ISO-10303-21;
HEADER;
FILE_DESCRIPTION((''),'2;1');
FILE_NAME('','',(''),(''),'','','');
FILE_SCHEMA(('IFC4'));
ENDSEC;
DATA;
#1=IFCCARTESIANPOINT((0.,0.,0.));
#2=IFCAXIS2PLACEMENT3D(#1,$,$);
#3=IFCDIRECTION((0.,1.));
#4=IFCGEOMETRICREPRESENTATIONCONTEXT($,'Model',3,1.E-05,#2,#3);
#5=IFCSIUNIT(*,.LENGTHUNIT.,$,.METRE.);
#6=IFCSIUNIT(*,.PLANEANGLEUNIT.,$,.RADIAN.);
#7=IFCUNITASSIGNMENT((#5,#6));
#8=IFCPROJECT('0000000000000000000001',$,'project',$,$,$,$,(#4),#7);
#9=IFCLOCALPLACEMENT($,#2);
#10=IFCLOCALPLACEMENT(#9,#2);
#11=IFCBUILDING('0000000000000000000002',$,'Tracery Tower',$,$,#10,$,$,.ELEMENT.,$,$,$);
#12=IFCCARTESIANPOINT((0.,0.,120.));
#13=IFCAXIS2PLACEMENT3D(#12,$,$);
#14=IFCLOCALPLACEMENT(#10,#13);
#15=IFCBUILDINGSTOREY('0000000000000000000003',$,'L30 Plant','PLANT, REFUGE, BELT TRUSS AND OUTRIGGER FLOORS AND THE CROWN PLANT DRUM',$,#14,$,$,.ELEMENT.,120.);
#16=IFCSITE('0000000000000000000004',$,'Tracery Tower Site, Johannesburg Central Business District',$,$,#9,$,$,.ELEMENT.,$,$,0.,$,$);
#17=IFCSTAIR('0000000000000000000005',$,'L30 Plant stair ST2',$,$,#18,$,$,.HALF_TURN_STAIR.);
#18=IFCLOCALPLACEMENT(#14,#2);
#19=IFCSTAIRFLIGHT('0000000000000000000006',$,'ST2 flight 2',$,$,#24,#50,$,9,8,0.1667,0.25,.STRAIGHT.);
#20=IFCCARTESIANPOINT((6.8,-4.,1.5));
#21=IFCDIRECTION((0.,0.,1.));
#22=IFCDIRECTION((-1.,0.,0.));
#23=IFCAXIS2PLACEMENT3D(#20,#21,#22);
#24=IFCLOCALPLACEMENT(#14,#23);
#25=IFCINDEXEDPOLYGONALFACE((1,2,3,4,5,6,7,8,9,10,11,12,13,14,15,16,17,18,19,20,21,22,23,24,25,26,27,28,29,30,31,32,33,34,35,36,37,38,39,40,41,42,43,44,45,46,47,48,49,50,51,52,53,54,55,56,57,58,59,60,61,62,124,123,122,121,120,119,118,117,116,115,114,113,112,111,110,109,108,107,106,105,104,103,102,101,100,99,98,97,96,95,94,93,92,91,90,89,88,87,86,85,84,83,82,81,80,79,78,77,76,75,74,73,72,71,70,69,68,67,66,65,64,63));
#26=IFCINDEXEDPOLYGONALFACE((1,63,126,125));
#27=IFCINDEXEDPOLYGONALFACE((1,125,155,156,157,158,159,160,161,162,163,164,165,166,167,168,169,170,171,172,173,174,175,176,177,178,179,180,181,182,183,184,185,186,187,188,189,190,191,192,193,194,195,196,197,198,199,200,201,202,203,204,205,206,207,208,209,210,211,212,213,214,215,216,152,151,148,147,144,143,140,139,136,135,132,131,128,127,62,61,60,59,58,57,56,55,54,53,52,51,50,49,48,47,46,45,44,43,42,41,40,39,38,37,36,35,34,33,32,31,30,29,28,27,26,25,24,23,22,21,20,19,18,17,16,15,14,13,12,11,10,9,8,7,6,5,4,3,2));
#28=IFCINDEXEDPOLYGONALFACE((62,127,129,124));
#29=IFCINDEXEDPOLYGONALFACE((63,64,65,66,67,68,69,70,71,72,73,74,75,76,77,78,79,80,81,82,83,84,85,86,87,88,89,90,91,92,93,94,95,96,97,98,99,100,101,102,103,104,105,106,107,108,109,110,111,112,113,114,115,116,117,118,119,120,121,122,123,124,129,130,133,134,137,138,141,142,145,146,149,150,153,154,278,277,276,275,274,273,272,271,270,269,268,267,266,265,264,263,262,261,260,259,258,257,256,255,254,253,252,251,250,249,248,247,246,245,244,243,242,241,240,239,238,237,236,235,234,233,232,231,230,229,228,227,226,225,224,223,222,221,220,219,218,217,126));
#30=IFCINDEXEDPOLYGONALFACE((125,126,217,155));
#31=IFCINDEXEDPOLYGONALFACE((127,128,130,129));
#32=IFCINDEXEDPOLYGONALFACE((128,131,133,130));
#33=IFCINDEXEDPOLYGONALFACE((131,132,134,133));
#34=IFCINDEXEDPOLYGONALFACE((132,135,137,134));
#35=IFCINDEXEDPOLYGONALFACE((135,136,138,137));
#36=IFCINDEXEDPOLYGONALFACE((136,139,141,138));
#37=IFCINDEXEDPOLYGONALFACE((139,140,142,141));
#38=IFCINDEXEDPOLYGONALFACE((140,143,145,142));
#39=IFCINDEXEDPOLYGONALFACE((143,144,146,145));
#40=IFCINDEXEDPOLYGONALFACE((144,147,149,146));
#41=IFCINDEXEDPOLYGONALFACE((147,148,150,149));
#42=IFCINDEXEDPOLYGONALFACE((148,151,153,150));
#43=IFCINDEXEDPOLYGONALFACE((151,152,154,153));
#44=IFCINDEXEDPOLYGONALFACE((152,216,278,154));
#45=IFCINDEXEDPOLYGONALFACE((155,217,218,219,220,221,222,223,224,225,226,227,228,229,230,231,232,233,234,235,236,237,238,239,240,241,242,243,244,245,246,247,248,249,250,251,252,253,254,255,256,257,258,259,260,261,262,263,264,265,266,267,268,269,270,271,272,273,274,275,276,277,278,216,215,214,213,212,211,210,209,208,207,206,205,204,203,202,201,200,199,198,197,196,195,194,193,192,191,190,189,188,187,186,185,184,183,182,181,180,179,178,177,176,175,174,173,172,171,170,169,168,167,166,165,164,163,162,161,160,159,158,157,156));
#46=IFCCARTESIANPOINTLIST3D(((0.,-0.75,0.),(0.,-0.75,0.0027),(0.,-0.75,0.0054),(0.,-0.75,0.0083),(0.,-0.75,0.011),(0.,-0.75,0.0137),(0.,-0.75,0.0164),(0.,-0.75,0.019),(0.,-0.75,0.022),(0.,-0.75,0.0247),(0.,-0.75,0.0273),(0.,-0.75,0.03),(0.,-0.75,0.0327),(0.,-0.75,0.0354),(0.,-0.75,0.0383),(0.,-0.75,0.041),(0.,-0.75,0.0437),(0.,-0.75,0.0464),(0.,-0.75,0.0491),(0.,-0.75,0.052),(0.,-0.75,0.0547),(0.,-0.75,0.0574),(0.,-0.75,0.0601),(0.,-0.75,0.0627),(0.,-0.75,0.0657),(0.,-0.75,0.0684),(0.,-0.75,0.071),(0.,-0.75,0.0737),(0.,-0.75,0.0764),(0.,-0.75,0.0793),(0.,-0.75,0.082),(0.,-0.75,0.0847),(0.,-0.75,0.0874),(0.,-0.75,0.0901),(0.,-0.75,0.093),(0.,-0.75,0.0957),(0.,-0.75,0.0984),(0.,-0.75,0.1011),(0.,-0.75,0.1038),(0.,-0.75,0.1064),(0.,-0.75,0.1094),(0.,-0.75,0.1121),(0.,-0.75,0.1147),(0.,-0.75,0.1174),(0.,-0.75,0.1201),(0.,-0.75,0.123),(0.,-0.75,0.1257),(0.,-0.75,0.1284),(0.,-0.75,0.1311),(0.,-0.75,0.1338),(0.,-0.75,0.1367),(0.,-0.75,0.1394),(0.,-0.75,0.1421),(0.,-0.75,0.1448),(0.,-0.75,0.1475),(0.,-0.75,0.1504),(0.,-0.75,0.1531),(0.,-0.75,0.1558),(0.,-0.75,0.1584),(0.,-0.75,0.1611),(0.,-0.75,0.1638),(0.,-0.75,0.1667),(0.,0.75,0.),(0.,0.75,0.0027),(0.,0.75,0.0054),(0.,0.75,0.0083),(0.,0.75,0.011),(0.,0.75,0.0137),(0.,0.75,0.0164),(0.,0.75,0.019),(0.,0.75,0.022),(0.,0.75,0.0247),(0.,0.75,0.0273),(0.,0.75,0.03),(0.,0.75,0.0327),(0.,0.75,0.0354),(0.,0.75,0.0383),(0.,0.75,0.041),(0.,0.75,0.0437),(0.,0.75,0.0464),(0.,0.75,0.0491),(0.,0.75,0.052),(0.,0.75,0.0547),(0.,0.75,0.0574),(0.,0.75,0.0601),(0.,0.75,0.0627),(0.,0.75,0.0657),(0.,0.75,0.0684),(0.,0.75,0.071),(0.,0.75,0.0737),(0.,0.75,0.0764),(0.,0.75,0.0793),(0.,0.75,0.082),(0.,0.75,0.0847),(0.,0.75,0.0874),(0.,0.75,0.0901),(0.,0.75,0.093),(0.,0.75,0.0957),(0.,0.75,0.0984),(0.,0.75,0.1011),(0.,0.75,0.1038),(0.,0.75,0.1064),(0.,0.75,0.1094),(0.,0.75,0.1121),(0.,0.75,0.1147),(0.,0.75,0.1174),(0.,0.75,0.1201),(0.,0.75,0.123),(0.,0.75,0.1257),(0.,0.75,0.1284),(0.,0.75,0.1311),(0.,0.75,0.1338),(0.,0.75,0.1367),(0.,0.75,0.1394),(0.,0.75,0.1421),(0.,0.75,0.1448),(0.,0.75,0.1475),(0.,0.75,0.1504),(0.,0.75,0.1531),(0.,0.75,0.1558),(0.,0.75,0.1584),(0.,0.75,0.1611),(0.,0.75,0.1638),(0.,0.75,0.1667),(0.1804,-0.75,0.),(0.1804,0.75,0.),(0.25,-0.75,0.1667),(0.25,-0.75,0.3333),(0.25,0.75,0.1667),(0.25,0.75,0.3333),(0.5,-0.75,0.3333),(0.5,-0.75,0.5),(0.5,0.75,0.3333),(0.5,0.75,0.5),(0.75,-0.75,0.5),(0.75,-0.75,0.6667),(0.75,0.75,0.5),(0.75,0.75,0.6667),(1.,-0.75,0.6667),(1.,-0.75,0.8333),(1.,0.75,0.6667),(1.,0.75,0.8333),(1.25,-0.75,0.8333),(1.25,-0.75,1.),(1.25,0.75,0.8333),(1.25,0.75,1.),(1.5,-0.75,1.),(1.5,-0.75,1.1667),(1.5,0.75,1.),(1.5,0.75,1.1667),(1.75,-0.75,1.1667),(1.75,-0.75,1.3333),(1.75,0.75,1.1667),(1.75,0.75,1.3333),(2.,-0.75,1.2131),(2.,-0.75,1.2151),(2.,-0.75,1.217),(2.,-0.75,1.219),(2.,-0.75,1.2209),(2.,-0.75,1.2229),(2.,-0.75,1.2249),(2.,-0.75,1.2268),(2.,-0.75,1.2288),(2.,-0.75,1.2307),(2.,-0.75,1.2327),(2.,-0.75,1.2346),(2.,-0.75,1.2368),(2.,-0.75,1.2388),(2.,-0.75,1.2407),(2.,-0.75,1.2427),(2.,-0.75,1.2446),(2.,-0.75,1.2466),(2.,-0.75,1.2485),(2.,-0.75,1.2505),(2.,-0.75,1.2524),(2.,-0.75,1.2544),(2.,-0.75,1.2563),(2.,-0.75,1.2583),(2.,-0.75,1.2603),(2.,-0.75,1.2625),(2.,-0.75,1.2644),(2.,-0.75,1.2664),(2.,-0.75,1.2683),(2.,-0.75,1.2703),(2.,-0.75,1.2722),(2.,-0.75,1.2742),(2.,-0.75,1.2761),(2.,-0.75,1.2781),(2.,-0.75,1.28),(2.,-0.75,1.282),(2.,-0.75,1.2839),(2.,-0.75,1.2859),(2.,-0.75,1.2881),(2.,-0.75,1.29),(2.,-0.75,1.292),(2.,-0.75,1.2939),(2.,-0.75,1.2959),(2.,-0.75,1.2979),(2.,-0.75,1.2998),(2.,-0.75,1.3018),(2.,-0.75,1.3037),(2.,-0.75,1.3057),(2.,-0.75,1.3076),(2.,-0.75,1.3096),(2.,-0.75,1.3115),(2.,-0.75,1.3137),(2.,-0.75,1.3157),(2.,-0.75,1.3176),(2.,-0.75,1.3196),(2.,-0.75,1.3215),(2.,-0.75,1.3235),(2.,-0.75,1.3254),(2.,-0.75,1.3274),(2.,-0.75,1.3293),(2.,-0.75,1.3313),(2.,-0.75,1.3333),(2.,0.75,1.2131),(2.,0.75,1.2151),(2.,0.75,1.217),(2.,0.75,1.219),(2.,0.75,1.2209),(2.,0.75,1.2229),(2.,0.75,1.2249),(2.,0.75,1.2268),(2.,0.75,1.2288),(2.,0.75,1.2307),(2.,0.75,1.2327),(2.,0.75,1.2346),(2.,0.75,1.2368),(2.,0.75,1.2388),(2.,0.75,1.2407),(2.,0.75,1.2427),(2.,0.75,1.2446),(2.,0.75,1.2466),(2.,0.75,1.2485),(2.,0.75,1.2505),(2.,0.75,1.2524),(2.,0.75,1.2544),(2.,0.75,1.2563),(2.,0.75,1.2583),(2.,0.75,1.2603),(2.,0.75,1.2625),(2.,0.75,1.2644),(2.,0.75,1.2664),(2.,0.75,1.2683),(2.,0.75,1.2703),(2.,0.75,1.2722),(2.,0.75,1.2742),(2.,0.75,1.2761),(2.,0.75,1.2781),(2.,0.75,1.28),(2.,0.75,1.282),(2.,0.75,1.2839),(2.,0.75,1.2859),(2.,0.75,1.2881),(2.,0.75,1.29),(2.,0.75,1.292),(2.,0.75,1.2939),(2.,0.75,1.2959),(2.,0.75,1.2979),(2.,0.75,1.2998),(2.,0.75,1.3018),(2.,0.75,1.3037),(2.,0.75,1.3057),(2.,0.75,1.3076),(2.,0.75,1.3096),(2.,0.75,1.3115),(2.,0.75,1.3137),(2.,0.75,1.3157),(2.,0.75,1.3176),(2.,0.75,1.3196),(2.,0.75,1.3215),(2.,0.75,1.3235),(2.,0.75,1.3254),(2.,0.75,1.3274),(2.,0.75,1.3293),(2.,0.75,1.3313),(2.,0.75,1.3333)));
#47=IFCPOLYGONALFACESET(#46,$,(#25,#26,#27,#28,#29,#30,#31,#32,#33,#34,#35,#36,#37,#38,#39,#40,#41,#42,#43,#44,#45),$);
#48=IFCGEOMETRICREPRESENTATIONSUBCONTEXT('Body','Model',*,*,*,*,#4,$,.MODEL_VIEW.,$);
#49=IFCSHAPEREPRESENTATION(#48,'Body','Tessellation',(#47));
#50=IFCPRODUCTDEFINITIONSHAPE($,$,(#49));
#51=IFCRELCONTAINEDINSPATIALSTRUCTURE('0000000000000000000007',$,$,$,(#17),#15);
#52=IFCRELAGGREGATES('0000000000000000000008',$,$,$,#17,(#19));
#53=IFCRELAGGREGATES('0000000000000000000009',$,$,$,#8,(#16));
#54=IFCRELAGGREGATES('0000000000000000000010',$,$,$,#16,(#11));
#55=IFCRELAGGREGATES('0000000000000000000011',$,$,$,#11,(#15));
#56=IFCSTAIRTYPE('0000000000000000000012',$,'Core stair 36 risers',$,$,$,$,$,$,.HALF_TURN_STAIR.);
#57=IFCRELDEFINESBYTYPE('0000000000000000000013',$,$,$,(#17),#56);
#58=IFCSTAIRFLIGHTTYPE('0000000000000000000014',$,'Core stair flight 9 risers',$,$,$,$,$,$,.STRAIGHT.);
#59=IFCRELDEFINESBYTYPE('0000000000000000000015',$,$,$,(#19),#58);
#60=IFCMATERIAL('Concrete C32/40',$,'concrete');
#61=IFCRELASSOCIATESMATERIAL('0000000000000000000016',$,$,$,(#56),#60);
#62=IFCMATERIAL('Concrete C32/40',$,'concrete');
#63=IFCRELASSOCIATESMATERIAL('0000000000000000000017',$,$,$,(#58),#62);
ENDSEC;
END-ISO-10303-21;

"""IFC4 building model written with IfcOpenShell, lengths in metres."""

from ifc_helpers import new_model, si_unit, direction, frame, origin, place, context, subcontext, project, spatial, polyline, outline, extrude, material, type_object, element, aggregate, save


model = new_model("IFC4")

# Units and contexts
model_context = context("Model", 3, precision=1e-05, world=origin(), true_north=direction((0.0, 1.0)))
body_context = subcontext(model_context, "Body", "Model", "MODEL_VIEW")
ifc_project = project(units=[si_unit("LENGTHUNIT", "METRE"), si_unit("PLANEANGLEUNIT", "RADIAN")], contexts=[model_context])

# Site, building, storey
site_placement = place(None, origin())
site = spatial("IfcSite", under=ifc_project, at=site_placement, Name="Tracery Tower Site, Johannesburg Central Business District", CompositionType="ELEMENT", RefElevation=0.0)
building_placement = place(site_placement, origin())
building = spatial("IfcBuilding", under=site, at=building_placement, Name="Tracery Tower", CompositionType="ELEMENT")
storey_placement = place(building_placement, frame((0.0, 0.0, 120.0)))
storey = spatial("IfcBuildingStorey", under=building, at=storey_placement, Name="L30 Plant", Description="PLANT, REFUGE, BELT TRUSS AND OUTRIGGER FLOORS AND THE CROWN PLANT DRUM", CompositionType="ELEMENT", Elevation=120.0)

# Stair, stair flight
ifc_material_1 = material(Name="Concrete C32/40", Category="concrete")
stair_type = type_object("IfcStairType", Name="Core stair 36 risers", PredefinedType="HALF_TURN_STAIR", material=ifc_material_1)
stair_placement = place(storey_placement, origin())
stair = element("IfcStair", 1, at=stair_placement, inside=storey, type_object=stair_type, Name="L30 Plant stair ST2", PredefinedType="HALF_TURN_STAIR")
ifc_material_2 = material(Name="Concrete C32/40", Category="concrete")
stair_flight_type = type_object("IfcStairFlightType", Name="Core stair flight 9 risers", PredefinedType="STRAIGHT", material=ifc_material_2)
stair_flight_1_placement = place(storey_placement, frame((6.8, -4.0, 1.5), z_axis=(0.0, 0.0, 1.0), x_axis=(-1.0, 0.0, 0.0)))
stair_flight_1 = element("IfcStairFlight", 2, at=stair_flight_1_placement, type_object=stair_flight_type, Name="ST2 flight 2", NumberOfRisers=9, NumberOfTreads=8, PredefinedType="STRAIGHT", RiserHeight=0.1667, TreadLength=0.25, context=body_context, shape_type="SweptSolid", body=[
    extrude(outline(polyline([(0.0, 0.0), (0.0, 0.0027), (0.0, 0.0054), (0.0, 0.0083), (0.0, 0.011), (0.0, 0.0137), (0.0, 0.0164), (0.0, 0.019), (0.0, 0.022), (0.0, 0.0247), (0.0, 0.0273), (0.0, 0.03), (0.0, 0.0327), (0.0, 0.0354), (0.0, 0.0383), (0.0, 0.041), (0.0, 0.0437), (0.0, 0.0464), (0.0, 0.0491), (0.0, 0.052), (0.0, 0.0547), (0.0, 0.0574), (0.0, 0.0601), (0.0, 0.0627), (0.0, 0.0657), (0.0, 0.0684), (0.0, 0.071), (0.0, 0.0737), (0.0, 0.0764), (0.0, 0.0793), (0.0, 0.082), (0.0, 0.0847), (0.0, 0.0874), (0.0, 0.0901), (0.0, 0.093), (0.0, 0.0957), (0.0, 0.0984), (0.0, 0.1011), (0.0, 0.1038), (0.0, 0.1064), (0.0, 0.1094), (0.0, 0.1121), (0.0, 0.1147), (0.0, 0.1174), (0.0, 0.1201), (0.0, 0.123), (0.0, 0.1257), (0.0, 0.1284), (0.0, 0.1311), (0.0, 0.1338), (0.0, 0.1367), (0.0, 0.1394), (0.0, 0.1421), (0.0, 0.1448), (0.0, 0.1475), (0.0, 0.1504), (0.0, 0.1531), (0.0, 0.1558), (0.0, 0.1584), (0.0, 0.1611), (0.0, 0.1638), (0.0, 0.1667), (0.25, 0.1667), (0.25, 0.3333), (0.5, 0.3333), (0.5, 0.5), (0.75, 0.5), (0.75, 0.6667), (1.0, 0.6667), (1.0, 0.8333), (1.25, 0.8333), (1.25, 1.0), (1.5, 1.0), (1.5, 1.1667), (1.75, 1.1667), (1.75, 1.3333), (2.0, 1.3333), (2.0, 1.3313), (2.0, 1.3293), (2.0, 1.3274), (2.0, 1.3254), (2.0, 1.3235), (2.0, 1.3215), (2.0, 1.3196), (2.0, 1.3176), (2.0, 1.3157), (2.0, 1.3137), (2.0, 1.3115), (2.0, 1.3096), (2.0, 1.3076), (2.0, 1.3057), (2.0, 1.3037), (2.0, 1.3018), (2.0, 1.2998), (2.0, 1.2979), (2.0, 1.2959), (2.0, 1.2939), (2.0, 1.292), (2.0, 1.29), (2.0, 1.2881), (2.0, 1.2859), (2.0, 1.2839), (2.0, 1.282), (2.0, 1.28), (2.0, 1.2781), (2.0, 1.2761), (2.0, 1.2742), (2.0, 1.2722), (2.0, 1.2703), (2.0, 1.2683), (2.0, 1.2664), (2.0, 1.2644), (2.0, 1.2625), (2.0, 1.2603), (2.0, 1.2583), (2.0, 1.2563), (2.0, 1.2544), (2.0, 1.2524), (2.0, 1.2505), (2.0, 1.2485), (2.0, 1.2466), (2.0, 1.2446), (2.0, 1.2427), (2.0, 1.2407), (2.0, 1.2388), (2.0, 1.2368), (2.0, 1.2346), (2.0, 1.2327), (2.0, 1.2307), (2.0, 1.2288), (2.0, 1.2268), (2.0, 1.2249), (2.0, 1.2229), (2.0, 1.2209), (2.0, 1.219), (2.0, 1.217), (2.0, 1.2151), (2.0, 1.2131), (0.1804, 0.0), (0.0, 0.0)])), frame((0.0, 0.75, 0.0), z_axis=(0.0, -1.0, 0.0), x_axis=(1.0, 0.0, 0.0)), (0.0, 0.0, 1.0), 1.5),
])
aggregate(stair, [stair_flight_1])

save(model, "model.ifc")
